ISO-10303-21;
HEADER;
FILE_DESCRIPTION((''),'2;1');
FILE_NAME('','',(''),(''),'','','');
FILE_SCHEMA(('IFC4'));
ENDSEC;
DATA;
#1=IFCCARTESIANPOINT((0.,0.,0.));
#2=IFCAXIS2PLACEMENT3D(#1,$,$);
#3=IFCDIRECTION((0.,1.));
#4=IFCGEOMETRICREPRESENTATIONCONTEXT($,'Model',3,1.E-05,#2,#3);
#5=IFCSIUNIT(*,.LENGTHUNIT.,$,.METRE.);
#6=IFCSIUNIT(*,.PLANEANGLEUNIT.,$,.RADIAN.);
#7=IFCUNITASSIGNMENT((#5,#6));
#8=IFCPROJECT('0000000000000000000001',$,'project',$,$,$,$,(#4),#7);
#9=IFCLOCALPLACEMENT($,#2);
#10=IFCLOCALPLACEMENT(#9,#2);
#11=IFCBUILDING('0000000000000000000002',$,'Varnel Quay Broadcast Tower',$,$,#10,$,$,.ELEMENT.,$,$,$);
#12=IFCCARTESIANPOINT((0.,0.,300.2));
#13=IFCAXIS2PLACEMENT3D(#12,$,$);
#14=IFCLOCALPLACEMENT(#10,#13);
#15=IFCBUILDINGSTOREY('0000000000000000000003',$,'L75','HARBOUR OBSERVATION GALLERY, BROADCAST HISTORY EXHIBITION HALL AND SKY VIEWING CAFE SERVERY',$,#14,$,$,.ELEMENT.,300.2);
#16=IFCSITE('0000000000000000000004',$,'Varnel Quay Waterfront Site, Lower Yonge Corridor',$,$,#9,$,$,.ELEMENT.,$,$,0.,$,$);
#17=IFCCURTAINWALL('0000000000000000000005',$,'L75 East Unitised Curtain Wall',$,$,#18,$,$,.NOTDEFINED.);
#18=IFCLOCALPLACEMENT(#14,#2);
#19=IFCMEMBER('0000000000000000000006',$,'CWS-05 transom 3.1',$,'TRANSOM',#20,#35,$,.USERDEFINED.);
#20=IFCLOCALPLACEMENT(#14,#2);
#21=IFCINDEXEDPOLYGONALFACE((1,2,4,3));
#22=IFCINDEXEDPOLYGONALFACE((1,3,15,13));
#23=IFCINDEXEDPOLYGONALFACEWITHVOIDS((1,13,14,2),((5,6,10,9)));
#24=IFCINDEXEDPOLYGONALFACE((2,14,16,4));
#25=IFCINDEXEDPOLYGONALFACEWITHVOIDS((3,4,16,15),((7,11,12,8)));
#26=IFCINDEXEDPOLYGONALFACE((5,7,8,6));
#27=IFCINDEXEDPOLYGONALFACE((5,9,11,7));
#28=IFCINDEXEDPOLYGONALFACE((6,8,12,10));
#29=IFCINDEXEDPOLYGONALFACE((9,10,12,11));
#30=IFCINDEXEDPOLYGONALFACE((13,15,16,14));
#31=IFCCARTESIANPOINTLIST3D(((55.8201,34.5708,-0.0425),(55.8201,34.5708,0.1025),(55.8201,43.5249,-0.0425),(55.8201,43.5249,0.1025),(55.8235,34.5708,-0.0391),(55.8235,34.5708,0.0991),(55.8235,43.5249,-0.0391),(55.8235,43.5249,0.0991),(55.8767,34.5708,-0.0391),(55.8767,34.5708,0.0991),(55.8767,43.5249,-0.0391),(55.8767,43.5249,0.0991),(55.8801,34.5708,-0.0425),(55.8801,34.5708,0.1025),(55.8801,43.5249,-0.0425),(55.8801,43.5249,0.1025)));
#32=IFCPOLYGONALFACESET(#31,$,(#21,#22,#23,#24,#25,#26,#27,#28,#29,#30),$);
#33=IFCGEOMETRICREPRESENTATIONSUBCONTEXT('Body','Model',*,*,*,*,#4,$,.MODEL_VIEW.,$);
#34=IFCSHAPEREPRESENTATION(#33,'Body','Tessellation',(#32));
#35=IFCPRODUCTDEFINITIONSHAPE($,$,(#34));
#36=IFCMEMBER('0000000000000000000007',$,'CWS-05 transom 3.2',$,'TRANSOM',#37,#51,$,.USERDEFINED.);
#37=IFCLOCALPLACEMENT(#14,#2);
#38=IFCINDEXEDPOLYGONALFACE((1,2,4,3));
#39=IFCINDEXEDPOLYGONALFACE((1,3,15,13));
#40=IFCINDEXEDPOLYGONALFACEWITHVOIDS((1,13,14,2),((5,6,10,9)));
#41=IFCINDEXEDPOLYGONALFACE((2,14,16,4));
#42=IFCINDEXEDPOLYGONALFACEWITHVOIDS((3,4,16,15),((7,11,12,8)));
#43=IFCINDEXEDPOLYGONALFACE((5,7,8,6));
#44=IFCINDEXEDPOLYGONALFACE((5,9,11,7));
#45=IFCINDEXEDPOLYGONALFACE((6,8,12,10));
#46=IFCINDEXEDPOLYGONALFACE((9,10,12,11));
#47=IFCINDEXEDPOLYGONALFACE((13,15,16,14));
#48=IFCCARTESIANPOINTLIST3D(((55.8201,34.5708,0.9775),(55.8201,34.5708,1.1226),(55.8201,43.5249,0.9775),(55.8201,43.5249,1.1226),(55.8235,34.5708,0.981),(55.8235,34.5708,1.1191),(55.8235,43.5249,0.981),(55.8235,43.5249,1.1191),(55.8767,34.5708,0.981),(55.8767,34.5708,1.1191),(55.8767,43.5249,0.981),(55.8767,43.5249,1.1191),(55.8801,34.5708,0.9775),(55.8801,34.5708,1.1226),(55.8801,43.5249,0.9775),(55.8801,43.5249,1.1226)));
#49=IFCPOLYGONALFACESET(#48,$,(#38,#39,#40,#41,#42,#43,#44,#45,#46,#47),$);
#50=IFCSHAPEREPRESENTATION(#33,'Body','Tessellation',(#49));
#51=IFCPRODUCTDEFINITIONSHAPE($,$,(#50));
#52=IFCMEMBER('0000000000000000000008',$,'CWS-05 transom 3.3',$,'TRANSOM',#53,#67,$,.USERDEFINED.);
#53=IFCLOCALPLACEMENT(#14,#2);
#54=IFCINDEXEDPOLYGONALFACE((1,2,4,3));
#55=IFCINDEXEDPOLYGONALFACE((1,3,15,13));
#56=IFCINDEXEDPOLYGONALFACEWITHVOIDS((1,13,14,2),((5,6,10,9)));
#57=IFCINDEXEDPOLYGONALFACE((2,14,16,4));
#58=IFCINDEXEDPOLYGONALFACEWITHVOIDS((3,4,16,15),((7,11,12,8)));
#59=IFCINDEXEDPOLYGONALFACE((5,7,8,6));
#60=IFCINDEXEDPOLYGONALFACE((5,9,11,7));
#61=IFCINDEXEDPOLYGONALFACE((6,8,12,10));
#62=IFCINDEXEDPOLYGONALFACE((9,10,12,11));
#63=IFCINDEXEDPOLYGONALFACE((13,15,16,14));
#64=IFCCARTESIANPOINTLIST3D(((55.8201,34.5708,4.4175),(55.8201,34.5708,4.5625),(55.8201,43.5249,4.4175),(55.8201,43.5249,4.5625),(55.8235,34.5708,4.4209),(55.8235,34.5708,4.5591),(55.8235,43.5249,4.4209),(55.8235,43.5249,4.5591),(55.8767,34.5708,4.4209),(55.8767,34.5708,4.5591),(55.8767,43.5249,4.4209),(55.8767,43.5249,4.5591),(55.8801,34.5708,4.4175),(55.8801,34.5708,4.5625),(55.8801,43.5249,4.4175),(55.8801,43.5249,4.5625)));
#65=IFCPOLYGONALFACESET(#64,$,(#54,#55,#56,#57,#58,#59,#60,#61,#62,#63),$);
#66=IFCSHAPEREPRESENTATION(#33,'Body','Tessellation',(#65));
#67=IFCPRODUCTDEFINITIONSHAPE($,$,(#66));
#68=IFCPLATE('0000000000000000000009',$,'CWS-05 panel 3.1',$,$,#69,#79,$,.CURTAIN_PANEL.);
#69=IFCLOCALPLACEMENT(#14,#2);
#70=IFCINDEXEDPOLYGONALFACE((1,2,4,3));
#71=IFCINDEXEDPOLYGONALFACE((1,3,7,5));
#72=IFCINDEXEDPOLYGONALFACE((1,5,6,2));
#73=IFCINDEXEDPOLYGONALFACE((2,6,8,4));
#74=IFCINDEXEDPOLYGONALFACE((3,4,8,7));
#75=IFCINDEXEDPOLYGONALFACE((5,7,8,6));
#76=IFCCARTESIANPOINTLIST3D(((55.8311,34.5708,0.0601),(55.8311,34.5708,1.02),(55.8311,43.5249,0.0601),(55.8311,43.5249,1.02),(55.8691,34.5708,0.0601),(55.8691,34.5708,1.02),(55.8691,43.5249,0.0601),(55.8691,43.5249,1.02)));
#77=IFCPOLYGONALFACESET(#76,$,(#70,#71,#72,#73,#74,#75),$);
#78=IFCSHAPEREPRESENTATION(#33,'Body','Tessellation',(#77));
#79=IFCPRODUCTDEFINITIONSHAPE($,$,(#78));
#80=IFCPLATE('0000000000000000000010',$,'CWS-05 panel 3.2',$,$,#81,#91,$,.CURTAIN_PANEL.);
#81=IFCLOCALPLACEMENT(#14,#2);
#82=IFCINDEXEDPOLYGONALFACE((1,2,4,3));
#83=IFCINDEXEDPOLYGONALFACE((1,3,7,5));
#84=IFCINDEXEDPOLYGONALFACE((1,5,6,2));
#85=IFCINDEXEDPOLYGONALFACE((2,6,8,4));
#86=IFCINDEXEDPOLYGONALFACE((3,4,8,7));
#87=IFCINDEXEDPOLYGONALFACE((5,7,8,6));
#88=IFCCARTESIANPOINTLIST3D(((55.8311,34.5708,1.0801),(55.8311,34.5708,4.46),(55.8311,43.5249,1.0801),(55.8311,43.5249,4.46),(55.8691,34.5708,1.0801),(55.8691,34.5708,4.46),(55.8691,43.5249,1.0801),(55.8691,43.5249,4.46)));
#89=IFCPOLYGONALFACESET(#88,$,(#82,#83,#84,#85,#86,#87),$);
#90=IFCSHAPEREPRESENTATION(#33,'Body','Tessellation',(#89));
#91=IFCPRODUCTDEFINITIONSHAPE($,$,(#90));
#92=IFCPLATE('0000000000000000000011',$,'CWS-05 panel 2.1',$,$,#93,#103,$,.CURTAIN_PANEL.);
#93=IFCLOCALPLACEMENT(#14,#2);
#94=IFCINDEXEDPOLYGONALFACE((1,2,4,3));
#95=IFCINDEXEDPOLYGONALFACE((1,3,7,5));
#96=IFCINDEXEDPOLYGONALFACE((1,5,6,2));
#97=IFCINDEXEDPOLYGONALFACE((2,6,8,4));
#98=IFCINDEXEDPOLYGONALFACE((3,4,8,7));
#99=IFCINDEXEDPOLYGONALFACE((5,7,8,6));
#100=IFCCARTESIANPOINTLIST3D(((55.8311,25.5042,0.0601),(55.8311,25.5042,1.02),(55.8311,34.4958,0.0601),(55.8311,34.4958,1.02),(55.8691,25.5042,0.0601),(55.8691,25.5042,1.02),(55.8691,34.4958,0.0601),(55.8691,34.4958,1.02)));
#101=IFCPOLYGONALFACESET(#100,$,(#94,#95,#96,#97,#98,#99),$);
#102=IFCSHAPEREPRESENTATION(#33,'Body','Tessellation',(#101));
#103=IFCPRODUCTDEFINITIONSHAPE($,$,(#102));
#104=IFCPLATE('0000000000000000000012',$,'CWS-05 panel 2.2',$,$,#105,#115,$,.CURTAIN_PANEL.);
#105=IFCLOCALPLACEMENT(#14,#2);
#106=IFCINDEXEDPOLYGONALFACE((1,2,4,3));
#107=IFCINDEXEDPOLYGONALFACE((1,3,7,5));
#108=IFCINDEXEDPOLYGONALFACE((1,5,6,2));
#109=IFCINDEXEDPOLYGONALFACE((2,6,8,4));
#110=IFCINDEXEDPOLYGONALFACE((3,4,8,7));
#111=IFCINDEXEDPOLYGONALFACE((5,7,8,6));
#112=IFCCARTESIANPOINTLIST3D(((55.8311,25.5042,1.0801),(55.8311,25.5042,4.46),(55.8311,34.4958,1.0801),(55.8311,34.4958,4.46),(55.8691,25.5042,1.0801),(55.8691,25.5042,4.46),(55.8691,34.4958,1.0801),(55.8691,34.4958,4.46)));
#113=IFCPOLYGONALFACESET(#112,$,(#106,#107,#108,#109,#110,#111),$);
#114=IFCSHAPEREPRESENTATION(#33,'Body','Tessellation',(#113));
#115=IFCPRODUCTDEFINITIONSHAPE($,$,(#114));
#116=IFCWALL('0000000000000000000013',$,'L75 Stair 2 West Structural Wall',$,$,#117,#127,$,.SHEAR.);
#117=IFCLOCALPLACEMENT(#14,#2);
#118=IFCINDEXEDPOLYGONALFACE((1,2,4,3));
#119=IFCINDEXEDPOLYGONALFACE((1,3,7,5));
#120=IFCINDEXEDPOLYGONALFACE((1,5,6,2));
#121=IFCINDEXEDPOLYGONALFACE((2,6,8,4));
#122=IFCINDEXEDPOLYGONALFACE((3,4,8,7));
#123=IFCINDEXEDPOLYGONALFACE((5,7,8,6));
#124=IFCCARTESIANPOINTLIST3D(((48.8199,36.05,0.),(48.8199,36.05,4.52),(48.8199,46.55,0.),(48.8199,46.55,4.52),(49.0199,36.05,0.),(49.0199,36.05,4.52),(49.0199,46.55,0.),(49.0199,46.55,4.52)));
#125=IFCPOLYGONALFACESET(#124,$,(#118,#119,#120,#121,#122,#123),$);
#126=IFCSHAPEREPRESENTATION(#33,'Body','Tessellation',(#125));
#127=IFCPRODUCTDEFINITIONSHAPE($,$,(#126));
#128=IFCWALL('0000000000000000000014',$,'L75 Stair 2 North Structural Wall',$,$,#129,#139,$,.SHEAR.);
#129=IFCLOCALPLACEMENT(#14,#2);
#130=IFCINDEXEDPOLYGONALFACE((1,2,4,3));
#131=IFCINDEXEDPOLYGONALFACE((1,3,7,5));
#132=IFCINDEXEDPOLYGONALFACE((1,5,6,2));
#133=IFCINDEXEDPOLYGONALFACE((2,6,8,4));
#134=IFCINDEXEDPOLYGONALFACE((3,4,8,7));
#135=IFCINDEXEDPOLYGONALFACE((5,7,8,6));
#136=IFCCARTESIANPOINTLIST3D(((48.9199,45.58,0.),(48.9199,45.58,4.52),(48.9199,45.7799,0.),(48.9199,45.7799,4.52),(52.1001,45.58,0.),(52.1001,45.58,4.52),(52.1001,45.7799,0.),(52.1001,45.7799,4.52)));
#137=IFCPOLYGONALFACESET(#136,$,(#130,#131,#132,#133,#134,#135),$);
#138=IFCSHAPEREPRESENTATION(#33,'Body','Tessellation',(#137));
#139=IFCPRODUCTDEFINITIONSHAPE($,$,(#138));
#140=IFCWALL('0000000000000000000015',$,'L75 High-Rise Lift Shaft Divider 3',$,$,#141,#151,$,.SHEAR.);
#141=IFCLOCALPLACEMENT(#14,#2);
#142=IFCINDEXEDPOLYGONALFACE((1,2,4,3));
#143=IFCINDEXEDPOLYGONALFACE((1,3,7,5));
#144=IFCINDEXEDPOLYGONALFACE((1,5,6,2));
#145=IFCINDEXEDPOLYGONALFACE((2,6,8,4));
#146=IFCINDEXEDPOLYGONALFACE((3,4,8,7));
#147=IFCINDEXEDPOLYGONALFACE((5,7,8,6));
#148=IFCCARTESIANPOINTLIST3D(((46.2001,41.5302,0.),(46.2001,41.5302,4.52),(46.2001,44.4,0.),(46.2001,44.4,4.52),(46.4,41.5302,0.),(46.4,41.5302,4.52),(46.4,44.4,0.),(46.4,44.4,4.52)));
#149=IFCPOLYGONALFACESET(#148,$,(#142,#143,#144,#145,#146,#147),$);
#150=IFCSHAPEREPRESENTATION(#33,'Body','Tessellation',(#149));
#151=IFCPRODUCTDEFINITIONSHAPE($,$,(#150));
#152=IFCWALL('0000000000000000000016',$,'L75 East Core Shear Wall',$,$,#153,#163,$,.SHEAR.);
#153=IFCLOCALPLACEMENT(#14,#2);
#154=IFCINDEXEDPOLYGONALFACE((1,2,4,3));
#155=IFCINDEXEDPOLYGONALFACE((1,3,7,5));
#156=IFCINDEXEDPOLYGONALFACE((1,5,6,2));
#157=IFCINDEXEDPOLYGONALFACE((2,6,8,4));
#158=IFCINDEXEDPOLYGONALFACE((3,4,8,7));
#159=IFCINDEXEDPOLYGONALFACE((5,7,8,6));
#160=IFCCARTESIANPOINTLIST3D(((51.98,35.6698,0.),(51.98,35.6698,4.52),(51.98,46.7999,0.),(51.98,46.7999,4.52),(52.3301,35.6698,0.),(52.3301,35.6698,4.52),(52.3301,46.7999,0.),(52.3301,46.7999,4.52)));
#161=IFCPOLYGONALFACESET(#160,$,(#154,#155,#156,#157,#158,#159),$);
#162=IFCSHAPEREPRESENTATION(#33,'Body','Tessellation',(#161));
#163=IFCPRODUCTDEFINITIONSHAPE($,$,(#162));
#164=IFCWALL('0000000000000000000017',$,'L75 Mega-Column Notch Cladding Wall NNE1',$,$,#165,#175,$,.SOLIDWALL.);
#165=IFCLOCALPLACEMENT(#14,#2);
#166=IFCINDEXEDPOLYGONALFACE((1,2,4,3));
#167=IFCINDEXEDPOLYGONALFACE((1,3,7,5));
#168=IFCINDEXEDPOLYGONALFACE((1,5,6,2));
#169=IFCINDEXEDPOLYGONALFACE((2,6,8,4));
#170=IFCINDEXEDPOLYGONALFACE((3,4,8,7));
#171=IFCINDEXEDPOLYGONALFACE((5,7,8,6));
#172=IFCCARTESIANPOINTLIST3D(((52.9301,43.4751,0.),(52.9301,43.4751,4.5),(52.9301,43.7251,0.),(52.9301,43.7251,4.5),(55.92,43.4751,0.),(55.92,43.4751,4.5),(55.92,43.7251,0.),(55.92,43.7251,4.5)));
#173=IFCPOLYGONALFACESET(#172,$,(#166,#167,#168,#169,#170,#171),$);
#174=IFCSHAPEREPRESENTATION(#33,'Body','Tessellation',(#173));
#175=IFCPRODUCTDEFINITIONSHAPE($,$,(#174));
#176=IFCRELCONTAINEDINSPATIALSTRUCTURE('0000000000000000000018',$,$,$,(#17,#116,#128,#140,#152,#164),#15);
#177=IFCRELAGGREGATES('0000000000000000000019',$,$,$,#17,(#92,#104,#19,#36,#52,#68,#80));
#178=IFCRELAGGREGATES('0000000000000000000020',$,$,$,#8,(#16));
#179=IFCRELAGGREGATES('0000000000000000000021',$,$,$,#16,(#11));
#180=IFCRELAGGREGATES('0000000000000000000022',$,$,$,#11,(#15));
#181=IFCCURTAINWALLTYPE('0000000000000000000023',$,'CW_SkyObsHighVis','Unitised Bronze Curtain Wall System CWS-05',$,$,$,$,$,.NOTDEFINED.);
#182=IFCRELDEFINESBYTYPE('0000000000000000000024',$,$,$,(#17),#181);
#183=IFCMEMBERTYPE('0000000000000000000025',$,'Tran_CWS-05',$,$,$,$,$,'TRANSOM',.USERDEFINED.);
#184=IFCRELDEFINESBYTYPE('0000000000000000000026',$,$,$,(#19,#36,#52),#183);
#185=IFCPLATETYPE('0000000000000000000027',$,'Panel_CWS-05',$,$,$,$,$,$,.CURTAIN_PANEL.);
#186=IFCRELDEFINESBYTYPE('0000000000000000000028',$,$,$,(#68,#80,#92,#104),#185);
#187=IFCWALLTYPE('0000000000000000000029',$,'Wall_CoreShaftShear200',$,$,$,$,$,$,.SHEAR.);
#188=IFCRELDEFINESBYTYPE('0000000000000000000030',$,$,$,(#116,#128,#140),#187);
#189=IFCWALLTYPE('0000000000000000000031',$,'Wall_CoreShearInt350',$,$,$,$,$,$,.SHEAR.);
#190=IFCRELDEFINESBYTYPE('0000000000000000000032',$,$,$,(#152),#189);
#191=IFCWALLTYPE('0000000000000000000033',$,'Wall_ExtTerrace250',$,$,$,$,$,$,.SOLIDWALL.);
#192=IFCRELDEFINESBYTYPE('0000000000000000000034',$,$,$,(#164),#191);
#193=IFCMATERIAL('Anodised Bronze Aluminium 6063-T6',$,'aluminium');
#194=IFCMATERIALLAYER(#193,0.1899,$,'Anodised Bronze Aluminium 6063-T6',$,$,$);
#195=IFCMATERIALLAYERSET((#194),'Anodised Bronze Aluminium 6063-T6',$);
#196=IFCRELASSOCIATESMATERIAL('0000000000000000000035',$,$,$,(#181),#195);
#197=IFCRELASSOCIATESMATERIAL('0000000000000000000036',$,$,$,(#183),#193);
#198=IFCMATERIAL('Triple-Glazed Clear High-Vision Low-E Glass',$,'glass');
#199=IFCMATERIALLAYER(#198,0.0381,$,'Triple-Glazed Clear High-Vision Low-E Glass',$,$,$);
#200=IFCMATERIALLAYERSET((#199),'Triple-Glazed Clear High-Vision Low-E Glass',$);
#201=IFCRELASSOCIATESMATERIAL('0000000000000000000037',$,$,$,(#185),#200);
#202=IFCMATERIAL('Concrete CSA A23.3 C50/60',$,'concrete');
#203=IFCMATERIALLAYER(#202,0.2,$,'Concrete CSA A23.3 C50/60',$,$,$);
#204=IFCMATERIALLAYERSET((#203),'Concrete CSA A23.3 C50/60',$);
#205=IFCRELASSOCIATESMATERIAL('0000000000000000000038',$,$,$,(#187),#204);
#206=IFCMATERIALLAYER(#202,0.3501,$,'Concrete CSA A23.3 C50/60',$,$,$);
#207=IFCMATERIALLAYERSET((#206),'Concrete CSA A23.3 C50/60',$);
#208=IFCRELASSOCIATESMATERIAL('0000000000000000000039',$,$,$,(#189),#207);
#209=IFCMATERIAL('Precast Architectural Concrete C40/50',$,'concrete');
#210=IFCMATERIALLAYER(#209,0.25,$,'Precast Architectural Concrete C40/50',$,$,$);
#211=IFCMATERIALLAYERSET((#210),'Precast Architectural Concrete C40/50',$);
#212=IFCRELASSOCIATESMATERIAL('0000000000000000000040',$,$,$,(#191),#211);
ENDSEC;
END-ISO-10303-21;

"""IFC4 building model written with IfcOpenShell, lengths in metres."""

from ifc_helpers import new_model, si_unit, direction, frame, frame_2d, origin, origin_2d, place, context, subcontext, project, spatial, rectangle, hollow_rectangle, extrude, source, transform, mapped, material, layer, layer_set, material_profile, profile_set, type_object, type_shapes, element, aggregate, save


model = new_model("IFC4")

# Units and contexts
model_context = context("Model", 3, precision=1e-05, world=origin(), true_north=direction((0.0, 1.0)))
body_context = subcontext(model_context, "Body", "Model", "MODEL_VIEW")
ifc_project = project(units=[si_unit("LENGTHUNIT", "METRE"), si_unit("PLANEANGLEUNIT", "RADIAN")], contexts=[model_context])

# Site, building, storey
site_placement = place(None, origin())
site = spatial("IfcSite", under=ifc_project, at=site_placement, Name="Varnel Quay Waterfront Site, Lower Yonge Corridor", CompositionType="ELEMENT", RefElevation=0.0)
building_placement = place(site_placement, origin())
building = spatial("IfcBuilding", under=site, at=building_placement, Name="Varnel Quay Broadcast Tower", CompositionType="ELEMENT")
storey_placement = place(building_placement, frame((0.0, 0.0, 300.2)))
storey = spatial("IfcBuildingStorey", under=building, at=storey_placement, Name="L75", Description="HARBOUR OBSERVATION GALLERY, BROADCAST HISTORY EXHIBITION HALL AND SKY VIEWING CAFE SERVERY", CompositionType="ELEMENT", Elevation=300.2)

# Curtain wall, members, plates
ifc_material_1 = material(Name="Anodised Bronze Aluminium 6063-T6", Category="aluminium")
ifc_layer_1 = layer(ifc_material_1, 0.1899, Name="Anodised Bronze Aluminium 6063-T6")
ifc_layer_set_1 = layer_set([ifc_layer_1], Name="Anodised Bronze Aluminium 6063-T6")
curtain_wall_type = type_object("IfcCurtainWallType", Name="CW_SkyObsHighVis", Description="Unitised Bronze Curtain Wall System CWS-05", PredefinedType="NOTDEFINED", material=ifc_layer_set_1)
curtain_wall_placement = place(storey_placement, origin())
curtain_wall = element("IfcCurtainWall", 1, at=curtain_wall_placement, inside=storey, type_object=curtain_wall_type, Name="L75 East Unitised Curtain Wall", PredefinedType="NOTDEFINED")
ifc_material_profile_1 = material_profile(ifc_material_1, hollow_rectangle(XDim=0.0601, YDim=0.145, WallThickness=0.0034, at=origin_2d()), Name="ALU60X145X3.5")
ifc_profile_set_1 = profile_set([ifc_material_profile_1], Name="Anodised Bronze Aluminium 6063-T6")
member_type_1 = type_object("IfcMemberType", Name="Tran_CWS-05", ElementType="TRANSOM", PredefinedType="USERDEFINED", material=ifc_profile_set_1)
shared_shape_1 = source(origin(), body_context, "Body", "SweptSolid", [
    extrude(hollow_rectangle(XDim=0.0601, YDim=0.145, WallThickness=0.0034, at=origin_2d()), origin(), (0.0, 0.0, 1.0), 8.9541),
])
type_shapes(member_type_1, [shared_shape_1])
member_1_placement = place(storey_placement, frame((55.8501, 34.5708, 0.03), z_axis=(0.0, 1.0, 0.0), x_axis=(-1.0, 0.0, 0.0)))
member_1 = element("IfcMember", 2, at=member_1_placement, type_object=member_type_1, Name="CWS-05 transom 3.1", ObjectType="TRANSOM", PredefinedType="USERDEFINED", context=body_context, shape_type="MappedRepresentation", body=[
    mapped(shared_shape_1, transform((0.0, 0.0, 0.0), x_axis=(1.0, 0.0, 0.0), y_axis=(0.0, 1.0, 0.0), z_axis=(0.0, 0.0, 1.0), scale=1.0)),
])
member_2_placement = place(storey_placement, frame((55.8501, 34.5708, 1.05), z_axis=(0.0, 1.0, 0.0), x_axis=(-1.0, 0.0, 0.0)))
member_2 = element("IfcMember", 3, at=member_2_placement, type_object=member_type_1, Name="CWS-05 transom 3.2", ObjectType="TRANSOM", PredefinedType="USERDEFINED", context=body_context, shape_type="MappedRepresentation", body=[
    mapped(shared_shape_1, transform((0.0, 0.0, 0.0), x_axis=(1.0, 0.0, 0.0), y_axis=(0.0, 1.0, 0.0), z_axis=(0.0, 0.0, 1.0), scale=1.0)),
])
member_3_placement = place(storey_placement, frame((55.8501, 34.5708, 4.49), z_axis=(0.0, 1.0, 0.0), x_axis=(-1.0, 0.0, 0.0)))
member_3 = element("IfcMember", 4, at=member_3_placement, type_object=member_type_1, Name="CWS-05 transom 3.3", ObjectType="TRANSOM", PredefinedType="USERDEFINED", context=body_context, shape_type="MappedRepresentation", body=[
    mapped(shared_shape_1, transform((0.0, 0.0, 0.0), x_axis=(1.0, 0.0, 0.0), y_axis=(0.0, 1.0, 0.0), z_axis=(0.0, 0.0, 1.0), scale=1.0)),
])
ifc_material_2 = material(Name="Triple-Glazed Clear High-Vision Low-E Glass", Category="glass")
ifc_layer_2 = layer(ifc_material_2, 0.0381, Name="Triple-Glazed Clear High-Vision Low-E Glass")
ifc_layer_set_2 = layer_set([ifc_layer_2], Name="Triple-Glazed Clear High-Vision Low-E Glass")
plate_type = type_object("IfcPlateType", Name="Panel_CWS-05", PredefinedType="CURTAIN_PANEL", material=ifc_layer_set_2)
shared_shape_2 = source(origin(), body_context, "Body", "SweptSolid", [
    extrude(rectangle(XDim=8.9541, YDim=0.0381, at=origin_2d()), origin(), (0.0, 0.0, 1.0), 0.96),
])
plate_1_placement = place(storey_placement, frame((55.8501, 39.0479, 0.0601), z_axis=(0.0, 0.0, 1.0), x_axis=(0.0, 1.0, 0.0)))
plate_1 = element("IfcPlate", 5, at=plate_1_placement, type_object=plate_type, Name="CWS-05 panel 3.1", PredefinedType="CURTAIN_PANEL", context=body_context, shape_type="MappedRepresentation", body=[
    mapped(shared_shape_2, transform((0.0, 0.0, 0.0), x_axis=(1.0, 0.0, 0.0), y_axis=(0.0, 1.0, 0.0), z_axis=(0.0, 0.0, 1.0), scale=1.0)),
])
shared_shape_3 = source(origin(), body_context, "Body", "SweptSolid", [
    extrude(rectangle(XDim=8.9541, YDim=0.0381, at=origin_2d()), origin(), (0.0, 0.0, 1.0), 3.3799),
])
plate_2_placement = place(storey_placement, frame((55.8501, 39.0479, 1.0801), z_axis=(0.0, 0.0, 1.0), x_axis=(0.0, 1.0, 0.0)))
plate_2 = element("IfcPlate", 6, at=plate_2_placement, type_object=plate_type, Name="CWS-05 panel 3.2", PredefinedType="CURTAIN_PANEL", context=body_context, shape_type="MappedRepresentation", body=[
    mapped(shared_shape_3, transform((0.0, 0.0, 0.0), x_axis=(1.0, 0.0, 0.0), y_axis=(0.0, 1.0, 0.0), z_axis=(0.0, 0.0, 1.0), scale=1.0)),
])
shared_shape_4 = source(origin(), body_context, "Body", "SweptSolid", [
    extrude(rectangle(XDim=8.9917, YDim=0.0381, at=origin_2d()), origin(), (0.0, 0.0, 1.0), 0.96),
])
plate_3_placement = place(storey_placement, frame((55.8501, 30.0, 0.0601), z_axis=(0.0, 0.0, 1.0), x_axis=(0.0, 1.0, 0.0)))
plate_3 = element("IfcPlate", 7, at=plate_3_placement, type_object=plate_type, Name="CWS-05 panel 2.1", PredefinedType="CURTAIN_PANEL", context=body_context, shape_type="MappedRepresentation", body=[
    mapped(shared_shape_4, transform((0.0, 0.0, 0.0), x_axis=(1.0, 0.0, 0.0), y_axis=(0.0, 1.0, 0.0), z_axis=(0.0, 0.0, 1.0), scale=1.0)),
])
shared_shape_5 = source(origin(), body_context, "Body", "SweptSolid", [
    extrude(rectangle(XDim=8.9917, YDim=0.0381, at=origin_2d()), origin(), (0.0, 0.0, 1.0), 3.3799),
])
type_shapes(plate_type, [shared_shape_2, shared_shape_3, shared_shape_4, shared_shape_5])
plate_4_placement = place(storey_placement, frame((55.8501, 30.0, 1.0801), z_axis=(0.0, 0.0, 1.0), x_axis=(0.0, 1.0, 0.0)))
plate_4 = element("IfcPlate", 8, at=plate_4_placement, type_object=plate_type, Name="CWS-05 panel 2.2", PredefinedType="CURTAIN_PANEL", context=body_context, shape_type="MappedRepresentation", body=[
    mapped(shared_shape_5, transform((0.0, 0.0, 0.0), x_axis=(1.0, 0.0, 0.0), y_axis=(0.0, 1.0, 0.0), z_axis=(0.0, 0.0, 1.0), scale=1.0)),
])
aggregate(curtain_wall, [plate_3, plate_4, member_1, member_2, member_3, plate_1, plate_2])

# Walls
ifc_material_3 = material(Name="Concrete CSA A23.3 C50/60", Category="concrete")
ifc_layer_3 = layer(ifc_material_3, 0.2, Name="Concrete CSA A23.3 C50/60")
ifc_layer_set_3 = layer_set([ifc_layer_3], Name="Concrete CSA A23.3 C50/60")
wall_type_1 = type_object("IfcWallType", Name="Wall_CoreShaftShear200", PredefinedType="SHEAR", material=ifc_layer_set_3)
wall_1_placement = place(storey_placement, frame((48.9199, 36.05, 0.0), z_axis=(0.0, 0.0, 1.0), x_axis=(0.0, 1.0, 0.0)))
element("IfcWall", 9, at=wall_1_placement, inside=storey, type_object=wall_type_1, Name="L75 Stair 2 West Structural Wall", PredefinedType="SHEAR", context=body_context, shape_type="SweptSolid", body=[
    extrude(rectangle(XDim=10.5, YDim=0.2, at=frame_2d((5.25, 0.0))), origin(), (0.0, 0.0, 1.0), 4.52),
])
wall_2_placement = place(storey_placement, frame((48.9199, 45.6799, 0.0), z_axis=(0.0, 0.0, 1.0), x_axis=(1.0, 0.0, 0.0)))
element("IfcWall", 10, at=wall_2_placement, inside=storey, type_object=wall_type_1, Name="L75 Stair 2 North Structural Wall", PredefinedType="SHEAR", context=body_context, shape_type="SweptSolid", body=[
    extrude(rectangle(XDim=3.1802, YDim=0.2, at=frame_2d((1.5901, 0.0))), origin(), (0.0, 0.0, 1.0), 4.52),
])
wall_3_placement = place(storey_placement, frame((46.3, 41.53, 0.0), z_axis=(0.0, 0.0, 1.0), x_axis=(0.0, 1.0, 0.0)))
element("IfcWall", 11, at=wall_3_placement, inside=storey, type_object=wall_type_1, Name="L75 High-Rise Lift Shaft Divider 3", PredefinedType="SHEAR", context=body_context, shape_type="SweptSolid", body=[
    extrude(rectangle(XDim=2.8699, YDim=0.2, at=frame_2d((1.4351, 0.0))), origin(), (0.0, 0.0, 1.0), 4.52),
])
ifc_layer_4 = layer(ifc_material_3, 0.3501, Name="Concrete CSA A23.3 C50/60")
ifc_layer_set_4 = layer_set([ifc_layer_4], Name="Concrete CSA A23.3 C50/60")
wall_type_2 = type_object("IfcWallType", Name="Wall_CoreShearInt350", PredefinedType="SHEAR", material=ifc_layer_set_4)
wall_4_placement = place(storey_placement, frame((52.155, 35.6699, 0.0), z_axis=(0.0, 0.0, 1.0), x_axis=(0.0, 1.0, 0.0)))
element("IfcWall", 12, at=wall_4_placement, inside=storey, type_object=wall_type_2, Name="L75 East Core Shear Wall", PredefinedType="SHEAR", context=body_context, shape_type="SweptSolid", body=[
    extrude(rectangle(XDim=11.1301, YDim=0.3501, at=frame_2d((5.5649, 0.0))), origin(), (0.0, 0.0, 1.0), 4.52),
])
ifc_material_4 = material(Name="Precast Architectural Concrete C40/50", Category="concrete")
ifc_layer_5 = layer(ifc_material_4, 0.25, Name="Precast Architectural Concrete C40/50")
ifc_layer_set_5 = layer_set([ifc_layer_5], Name="Precast Architectural Concrete C40/50")
wall_type_3 = type_object("IfcWallType", Name="Wall_ExtTerrace250", PredefinedType="SOLIDWALL", material=ifc_layer_set_5)
wall_5_placement = place(storey_placement, frame((52.9299, 43.6001, 0.0), z_axis=(0.0, 0.0, 1.0), x_axis=(1.0, 0.0, 0.0)))
element("IfcWall", 13, at=wall_5_placement, inside=storey, type_object=wall_type_3, Name="L75 Mega-Column Notch Cladding Wall NNE1", PredefinedType="SOLIDWALL", context=body_context, shape_type="SweptSolid", body=[
    extrude(rectangle(XDim=2.99, YDim=0.25, at=frame_2d((1.4951, 0.0))), origin(), (0.0, 0.0, 1.0), 4.5),
])

save(model, "model.ifc")
